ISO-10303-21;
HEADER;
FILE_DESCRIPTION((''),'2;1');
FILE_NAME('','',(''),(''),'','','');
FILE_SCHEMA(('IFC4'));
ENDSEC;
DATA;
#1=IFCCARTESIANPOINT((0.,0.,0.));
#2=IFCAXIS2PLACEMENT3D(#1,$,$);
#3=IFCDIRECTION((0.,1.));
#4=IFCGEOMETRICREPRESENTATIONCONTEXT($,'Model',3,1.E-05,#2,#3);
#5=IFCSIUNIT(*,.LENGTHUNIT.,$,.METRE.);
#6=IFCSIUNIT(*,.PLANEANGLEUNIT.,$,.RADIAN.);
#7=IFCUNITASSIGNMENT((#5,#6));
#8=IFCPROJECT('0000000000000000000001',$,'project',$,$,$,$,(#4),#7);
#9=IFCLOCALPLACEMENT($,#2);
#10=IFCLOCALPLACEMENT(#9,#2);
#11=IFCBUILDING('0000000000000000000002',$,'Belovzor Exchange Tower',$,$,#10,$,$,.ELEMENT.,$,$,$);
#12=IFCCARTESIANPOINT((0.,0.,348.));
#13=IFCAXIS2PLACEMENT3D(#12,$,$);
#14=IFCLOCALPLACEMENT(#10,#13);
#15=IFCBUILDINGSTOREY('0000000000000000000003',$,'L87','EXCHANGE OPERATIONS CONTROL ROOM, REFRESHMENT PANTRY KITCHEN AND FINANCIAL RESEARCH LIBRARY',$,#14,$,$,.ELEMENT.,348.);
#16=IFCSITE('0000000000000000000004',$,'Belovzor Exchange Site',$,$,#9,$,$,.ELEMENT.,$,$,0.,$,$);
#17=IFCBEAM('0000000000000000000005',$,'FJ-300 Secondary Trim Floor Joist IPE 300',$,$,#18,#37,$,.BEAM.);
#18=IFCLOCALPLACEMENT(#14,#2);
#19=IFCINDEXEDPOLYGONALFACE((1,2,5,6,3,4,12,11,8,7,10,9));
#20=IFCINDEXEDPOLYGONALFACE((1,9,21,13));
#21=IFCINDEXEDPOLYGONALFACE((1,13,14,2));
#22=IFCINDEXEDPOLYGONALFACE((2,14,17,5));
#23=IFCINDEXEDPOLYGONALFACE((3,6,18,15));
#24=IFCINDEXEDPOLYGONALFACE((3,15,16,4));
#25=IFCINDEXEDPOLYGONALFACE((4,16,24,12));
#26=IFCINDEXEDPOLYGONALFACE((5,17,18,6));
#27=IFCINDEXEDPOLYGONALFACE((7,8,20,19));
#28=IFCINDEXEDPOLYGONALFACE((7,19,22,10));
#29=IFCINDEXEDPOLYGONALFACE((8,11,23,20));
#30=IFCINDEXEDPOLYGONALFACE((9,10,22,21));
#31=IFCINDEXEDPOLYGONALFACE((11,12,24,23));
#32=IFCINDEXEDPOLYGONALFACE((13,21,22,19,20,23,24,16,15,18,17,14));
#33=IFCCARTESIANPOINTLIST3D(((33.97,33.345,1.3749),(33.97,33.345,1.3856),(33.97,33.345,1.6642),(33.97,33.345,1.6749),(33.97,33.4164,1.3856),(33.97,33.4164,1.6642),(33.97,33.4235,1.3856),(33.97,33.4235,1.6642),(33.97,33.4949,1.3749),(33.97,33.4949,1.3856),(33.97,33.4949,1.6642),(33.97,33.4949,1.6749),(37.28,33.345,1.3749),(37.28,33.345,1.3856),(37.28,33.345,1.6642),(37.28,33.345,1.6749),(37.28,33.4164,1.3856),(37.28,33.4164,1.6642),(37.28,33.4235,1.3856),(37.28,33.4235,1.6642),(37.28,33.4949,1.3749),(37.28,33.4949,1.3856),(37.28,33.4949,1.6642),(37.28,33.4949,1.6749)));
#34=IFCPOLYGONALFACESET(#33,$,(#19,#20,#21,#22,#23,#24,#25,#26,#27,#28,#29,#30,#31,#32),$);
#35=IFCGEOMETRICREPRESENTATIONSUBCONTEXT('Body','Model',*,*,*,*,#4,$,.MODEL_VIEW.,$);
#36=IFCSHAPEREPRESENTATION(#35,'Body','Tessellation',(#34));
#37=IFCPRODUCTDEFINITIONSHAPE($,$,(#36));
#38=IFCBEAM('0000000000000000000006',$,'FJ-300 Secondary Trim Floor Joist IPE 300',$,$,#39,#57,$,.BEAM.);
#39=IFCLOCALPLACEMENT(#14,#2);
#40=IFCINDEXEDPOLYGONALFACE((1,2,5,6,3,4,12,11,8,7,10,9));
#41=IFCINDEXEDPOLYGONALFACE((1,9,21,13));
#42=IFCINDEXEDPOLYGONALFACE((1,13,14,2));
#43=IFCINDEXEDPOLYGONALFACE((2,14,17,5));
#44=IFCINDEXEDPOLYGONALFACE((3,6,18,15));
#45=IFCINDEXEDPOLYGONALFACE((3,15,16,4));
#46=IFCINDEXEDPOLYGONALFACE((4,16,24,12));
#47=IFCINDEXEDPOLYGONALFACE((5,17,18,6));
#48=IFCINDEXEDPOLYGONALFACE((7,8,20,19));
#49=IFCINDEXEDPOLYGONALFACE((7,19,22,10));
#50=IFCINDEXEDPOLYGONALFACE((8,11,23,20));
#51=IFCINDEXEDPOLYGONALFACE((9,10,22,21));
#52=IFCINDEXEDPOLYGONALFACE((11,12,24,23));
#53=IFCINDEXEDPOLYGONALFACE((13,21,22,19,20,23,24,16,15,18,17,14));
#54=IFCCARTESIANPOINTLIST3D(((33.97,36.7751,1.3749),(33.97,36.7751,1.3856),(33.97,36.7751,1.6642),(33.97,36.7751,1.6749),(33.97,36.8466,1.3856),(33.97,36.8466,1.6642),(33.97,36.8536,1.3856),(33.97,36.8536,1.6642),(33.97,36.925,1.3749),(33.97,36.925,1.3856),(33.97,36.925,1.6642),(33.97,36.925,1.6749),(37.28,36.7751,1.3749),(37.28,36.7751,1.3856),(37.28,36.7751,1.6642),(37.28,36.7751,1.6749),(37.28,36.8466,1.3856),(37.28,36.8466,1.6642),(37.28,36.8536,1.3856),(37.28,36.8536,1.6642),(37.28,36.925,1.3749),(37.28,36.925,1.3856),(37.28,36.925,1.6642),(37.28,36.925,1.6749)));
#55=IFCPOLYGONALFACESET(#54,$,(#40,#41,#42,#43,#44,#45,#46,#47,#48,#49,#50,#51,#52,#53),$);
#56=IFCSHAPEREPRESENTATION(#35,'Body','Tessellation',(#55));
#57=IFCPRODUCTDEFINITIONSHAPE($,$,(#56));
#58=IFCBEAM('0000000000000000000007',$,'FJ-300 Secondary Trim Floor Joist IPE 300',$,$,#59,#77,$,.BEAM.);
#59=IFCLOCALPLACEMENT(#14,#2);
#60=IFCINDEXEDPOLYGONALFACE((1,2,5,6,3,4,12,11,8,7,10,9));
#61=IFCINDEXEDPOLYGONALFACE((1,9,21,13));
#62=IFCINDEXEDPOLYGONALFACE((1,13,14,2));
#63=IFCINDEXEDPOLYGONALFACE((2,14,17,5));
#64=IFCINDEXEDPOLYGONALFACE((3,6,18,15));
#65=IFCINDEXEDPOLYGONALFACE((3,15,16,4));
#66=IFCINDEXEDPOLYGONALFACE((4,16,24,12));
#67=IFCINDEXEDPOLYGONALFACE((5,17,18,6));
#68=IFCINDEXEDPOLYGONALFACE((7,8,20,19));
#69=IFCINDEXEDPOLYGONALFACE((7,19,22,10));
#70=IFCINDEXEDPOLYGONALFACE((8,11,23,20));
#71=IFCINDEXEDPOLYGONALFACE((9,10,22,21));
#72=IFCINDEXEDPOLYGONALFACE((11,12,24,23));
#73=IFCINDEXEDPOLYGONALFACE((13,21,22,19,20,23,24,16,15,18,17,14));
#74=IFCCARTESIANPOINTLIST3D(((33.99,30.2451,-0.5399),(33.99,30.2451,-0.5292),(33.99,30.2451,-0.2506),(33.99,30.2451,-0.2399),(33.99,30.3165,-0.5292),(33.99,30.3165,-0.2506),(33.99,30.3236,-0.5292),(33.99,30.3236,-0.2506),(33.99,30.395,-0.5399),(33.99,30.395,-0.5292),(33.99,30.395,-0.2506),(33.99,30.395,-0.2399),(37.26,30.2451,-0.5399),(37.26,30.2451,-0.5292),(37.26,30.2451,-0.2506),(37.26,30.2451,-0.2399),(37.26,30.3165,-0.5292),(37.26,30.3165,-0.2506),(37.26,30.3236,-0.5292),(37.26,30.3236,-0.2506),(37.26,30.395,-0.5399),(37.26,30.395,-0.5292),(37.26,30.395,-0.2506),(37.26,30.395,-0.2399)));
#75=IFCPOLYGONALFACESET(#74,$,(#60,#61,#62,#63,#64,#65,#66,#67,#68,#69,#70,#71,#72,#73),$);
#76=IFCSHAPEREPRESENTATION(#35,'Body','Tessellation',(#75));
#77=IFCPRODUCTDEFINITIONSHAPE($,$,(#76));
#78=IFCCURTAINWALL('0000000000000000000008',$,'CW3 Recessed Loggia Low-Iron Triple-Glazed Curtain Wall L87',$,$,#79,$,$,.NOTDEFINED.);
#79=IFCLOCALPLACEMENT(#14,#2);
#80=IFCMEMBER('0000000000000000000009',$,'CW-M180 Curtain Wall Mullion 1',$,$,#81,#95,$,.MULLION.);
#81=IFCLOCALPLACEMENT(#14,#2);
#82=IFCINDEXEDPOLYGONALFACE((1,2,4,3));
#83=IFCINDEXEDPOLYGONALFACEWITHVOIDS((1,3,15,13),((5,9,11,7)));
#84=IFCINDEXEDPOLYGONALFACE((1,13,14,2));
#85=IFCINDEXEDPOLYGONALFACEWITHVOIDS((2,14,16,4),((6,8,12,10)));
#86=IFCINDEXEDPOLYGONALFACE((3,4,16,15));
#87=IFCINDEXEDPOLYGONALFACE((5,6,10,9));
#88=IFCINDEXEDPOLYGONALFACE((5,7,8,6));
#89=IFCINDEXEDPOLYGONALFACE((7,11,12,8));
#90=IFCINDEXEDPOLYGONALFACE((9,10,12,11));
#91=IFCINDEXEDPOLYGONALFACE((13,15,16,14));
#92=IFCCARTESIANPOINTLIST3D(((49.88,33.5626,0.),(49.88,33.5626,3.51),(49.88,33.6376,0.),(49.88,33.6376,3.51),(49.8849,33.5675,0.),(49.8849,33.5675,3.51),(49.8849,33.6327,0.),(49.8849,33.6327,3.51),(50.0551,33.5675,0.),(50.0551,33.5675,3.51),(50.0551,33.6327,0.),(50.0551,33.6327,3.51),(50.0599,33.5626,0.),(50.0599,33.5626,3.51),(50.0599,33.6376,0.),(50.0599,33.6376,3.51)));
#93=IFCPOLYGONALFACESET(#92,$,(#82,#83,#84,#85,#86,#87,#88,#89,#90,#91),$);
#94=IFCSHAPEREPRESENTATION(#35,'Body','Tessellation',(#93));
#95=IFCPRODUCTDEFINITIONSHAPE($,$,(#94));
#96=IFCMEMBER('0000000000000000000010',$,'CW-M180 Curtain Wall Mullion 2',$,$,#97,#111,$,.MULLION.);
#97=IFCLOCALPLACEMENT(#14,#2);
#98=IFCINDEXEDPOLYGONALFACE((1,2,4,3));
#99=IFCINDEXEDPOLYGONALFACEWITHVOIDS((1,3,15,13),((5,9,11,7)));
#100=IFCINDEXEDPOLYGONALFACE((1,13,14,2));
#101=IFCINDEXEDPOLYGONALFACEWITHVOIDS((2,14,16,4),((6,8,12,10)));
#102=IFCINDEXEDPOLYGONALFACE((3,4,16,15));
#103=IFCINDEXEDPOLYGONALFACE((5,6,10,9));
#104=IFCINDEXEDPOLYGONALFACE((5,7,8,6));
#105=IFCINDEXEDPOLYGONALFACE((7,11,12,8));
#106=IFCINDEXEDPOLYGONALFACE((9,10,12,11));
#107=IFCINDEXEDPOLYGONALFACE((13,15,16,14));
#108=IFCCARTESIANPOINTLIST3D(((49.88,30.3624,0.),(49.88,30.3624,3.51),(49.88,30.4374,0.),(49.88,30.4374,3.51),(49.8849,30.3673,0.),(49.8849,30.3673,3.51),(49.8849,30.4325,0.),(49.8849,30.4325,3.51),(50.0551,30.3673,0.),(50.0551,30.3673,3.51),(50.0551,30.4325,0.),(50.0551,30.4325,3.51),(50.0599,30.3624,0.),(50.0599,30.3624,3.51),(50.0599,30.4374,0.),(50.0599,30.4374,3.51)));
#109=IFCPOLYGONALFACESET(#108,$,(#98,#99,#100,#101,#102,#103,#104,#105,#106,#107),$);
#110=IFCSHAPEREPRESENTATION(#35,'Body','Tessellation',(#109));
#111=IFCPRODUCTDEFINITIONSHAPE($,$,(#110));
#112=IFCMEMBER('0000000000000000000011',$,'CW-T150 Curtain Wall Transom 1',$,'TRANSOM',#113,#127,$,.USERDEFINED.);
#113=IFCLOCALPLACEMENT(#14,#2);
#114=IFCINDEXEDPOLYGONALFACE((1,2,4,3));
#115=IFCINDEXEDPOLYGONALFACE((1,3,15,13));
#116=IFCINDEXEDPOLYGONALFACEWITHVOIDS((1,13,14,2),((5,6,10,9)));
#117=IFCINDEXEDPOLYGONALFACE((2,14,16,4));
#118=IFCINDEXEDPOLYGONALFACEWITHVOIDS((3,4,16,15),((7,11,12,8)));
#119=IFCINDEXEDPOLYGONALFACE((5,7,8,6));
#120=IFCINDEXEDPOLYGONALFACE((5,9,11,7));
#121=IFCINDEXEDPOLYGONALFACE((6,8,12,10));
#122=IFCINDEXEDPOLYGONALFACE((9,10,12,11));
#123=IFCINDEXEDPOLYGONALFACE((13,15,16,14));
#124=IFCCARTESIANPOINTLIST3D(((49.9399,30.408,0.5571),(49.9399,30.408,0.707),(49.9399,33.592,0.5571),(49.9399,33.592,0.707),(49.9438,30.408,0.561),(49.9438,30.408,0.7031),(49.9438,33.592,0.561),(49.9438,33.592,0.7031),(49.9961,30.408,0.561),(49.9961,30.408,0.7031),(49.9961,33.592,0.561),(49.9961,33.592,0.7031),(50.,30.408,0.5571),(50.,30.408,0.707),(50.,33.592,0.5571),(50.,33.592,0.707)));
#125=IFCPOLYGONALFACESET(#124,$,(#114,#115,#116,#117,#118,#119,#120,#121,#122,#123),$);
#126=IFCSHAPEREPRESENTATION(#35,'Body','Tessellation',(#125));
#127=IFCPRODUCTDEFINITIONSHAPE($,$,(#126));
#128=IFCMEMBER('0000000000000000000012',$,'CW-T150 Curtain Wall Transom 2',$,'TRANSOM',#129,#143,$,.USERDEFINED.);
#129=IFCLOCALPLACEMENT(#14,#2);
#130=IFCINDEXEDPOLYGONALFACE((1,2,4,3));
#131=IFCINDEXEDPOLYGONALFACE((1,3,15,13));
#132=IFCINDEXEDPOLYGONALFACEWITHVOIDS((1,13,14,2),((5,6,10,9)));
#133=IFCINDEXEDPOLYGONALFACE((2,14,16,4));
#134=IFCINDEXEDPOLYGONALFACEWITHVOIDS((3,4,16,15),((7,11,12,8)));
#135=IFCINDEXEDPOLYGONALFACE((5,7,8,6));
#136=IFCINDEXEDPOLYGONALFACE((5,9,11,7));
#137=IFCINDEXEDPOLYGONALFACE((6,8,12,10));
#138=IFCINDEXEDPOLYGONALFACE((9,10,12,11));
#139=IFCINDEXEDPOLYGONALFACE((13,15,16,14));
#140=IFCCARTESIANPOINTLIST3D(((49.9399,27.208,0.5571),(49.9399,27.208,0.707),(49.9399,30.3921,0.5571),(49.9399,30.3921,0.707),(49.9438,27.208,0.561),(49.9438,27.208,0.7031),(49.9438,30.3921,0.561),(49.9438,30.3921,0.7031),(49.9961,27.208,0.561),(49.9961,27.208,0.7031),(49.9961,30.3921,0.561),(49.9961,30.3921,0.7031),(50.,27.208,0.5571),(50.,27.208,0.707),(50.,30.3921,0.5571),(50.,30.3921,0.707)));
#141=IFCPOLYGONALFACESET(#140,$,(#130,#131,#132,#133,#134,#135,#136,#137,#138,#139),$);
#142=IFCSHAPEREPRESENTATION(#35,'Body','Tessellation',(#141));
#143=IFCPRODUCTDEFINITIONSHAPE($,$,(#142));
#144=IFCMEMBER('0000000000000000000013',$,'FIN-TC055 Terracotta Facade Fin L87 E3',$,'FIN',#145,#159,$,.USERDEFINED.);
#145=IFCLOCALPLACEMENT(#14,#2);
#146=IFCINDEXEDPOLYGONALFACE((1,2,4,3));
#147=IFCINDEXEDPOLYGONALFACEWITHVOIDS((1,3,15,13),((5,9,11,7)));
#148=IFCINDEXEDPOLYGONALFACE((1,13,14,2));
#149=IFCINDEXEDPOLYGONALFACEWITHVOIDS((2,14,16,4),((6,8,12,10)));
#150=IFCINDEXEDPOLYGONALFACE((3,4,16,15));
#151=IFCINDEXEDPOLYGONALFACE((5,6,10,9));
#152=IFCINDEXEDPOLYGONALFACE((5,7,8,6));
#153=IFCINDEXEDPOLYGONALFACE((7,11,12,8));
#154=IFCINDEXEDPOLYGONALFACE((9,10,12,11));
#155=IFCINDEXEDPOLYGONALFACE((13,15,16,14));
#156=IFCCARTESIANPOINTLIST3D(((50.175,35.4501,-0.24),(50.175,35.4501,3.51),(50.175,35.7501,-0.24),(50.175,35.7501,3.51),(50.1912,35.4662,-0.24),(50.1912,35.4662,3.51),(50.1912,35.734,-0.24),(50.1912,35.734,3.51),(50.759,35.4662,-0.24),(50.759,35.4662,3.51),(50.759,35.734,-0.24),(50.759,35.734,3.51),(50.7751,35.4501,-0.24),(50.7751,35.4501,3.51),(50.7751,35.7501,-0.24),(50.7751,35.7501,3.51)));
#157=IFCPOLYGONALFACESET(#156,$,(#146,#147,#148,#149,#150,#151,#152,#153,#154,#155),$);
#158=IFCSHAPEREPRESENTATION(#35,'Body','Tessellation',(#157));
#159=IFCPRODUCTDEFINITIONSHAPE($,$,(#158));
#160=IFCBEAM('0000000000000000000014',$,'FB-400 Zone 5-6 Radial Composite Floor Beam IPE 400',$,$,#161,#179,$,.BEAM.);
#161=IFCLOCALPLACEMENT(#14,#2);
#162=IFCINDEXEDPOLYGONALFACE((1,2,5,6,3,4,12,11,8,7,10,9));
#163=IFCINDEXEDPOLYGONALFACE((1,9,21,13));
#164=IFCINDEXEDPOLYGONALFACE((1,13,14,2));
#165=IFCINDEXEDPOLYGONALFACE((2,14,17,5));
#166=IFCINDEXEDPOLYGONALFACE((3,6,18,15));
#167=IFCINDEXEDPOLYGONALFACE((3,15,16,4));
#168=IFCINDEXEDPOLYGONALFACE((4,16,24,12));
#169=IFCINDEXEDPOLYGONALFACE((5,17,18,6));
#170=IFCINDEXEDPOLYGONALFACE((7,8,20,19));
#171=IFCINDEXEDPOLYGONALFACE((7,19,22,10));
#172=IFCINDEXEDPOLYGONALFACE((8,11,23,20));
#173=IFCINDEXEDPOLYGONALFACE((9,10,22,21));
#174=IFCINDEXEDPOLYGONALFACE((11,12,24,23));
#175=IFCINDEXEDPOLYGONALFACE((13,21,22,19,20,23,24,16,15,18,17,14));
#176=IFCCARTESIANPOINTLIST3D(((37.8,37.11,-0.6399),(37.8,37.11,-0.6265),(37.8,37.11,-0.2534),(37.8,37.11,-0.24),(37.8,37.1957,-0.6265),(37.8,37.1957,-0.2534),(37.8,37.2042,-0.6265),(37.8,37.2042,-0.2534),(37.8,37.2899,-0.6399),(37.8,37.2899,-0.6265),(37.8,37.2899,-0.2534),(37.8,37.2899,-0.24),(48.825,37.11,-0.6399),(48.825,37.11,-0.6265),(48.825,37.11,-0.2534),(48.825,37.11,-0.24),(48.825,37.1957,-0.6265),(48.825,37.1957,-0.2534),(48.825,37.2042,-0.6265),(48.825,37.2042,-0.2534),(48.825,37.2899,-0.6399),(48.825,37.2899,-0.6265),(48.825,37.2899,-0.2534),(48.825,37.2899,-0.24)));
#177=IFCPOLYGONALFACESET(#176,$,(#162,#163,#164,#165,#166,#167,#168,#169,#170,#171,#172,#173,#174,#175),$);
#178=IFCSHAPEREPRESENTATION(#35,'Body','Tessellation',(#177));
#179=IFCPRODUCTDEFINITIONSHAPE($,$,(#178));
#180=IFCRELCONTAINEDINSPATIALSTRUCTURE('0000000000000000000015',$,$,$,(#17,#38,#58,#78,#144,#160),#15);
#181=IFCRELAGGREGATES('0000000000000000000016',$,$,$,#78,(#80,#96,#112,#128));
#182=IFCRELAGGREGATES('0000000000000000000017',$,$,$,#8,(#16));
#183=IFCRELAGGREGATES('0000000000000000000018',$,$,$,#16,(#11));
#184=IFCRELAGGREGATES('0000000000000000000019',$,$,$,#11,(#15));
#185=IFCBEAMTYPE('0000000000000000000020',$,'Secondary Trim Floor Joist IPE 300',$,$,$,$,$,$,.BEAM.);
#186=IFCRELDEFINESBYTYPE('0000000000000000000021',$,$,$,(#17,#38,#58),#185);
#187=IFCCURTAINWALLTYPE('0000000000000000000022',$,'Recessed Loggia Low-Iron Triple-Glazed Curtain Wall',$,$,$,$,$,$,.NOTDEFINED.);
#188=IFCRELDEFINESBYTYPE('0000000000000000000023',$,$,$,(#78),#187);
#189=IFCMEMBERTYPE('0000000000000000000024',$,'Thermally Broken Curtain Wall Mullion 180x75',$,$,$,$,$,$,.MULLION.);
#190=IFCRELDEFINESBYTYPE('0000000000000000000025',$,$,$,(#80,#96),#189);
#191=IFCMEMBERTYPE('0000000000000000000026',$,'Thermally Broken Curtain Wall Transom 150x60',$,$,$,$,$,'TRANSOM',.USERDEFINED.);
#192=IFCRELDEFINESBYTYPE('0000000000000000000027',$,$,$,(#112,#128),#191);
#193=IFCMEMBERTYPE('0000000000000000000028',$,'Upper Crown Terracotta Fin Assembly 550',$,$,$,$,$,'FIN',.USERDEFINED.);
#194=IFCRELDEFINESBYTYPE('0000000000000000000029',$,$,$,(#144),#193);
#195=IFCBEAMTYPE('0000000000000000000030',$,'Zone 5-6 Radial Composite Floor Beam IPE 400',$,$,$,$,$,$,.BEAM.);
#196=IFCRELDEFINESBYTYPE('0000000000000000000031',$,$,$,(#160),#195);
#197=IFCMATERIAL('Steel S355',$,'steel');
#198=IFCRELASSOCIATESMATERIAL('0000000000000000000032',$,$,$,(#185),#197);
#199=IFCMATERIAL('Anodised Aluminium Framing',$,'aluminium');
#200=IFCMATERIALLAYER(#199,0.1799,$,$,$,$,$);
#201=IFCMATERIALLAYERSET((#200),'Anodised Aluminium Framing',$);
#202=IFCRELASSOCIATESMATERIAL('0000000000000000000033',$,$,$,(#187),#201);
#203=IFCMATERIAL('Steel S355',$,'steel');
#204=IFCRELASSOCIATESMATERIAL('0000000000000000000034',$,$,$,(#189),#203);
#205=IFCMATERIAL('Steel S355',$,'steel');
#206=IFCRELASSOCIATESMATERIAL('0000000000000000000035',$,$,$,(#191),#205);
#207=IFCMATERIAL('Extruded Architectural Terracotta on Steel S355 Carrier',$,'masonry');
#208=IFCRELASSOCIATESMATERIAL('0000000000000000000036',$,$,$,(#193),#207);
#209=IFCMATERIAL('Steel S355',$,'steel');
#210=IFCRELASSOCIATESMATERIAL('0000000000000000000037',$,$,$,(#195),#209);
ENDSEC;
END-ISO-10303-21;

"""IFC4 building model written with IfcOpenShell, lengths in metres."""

from ifc_helpers import new_model, si_unit, direction, frame, origin, origin_2d, place, context, subcontext, project, spatial, hollow_rectangle, i_section, extrude, material, layer, layer_set, material_profile, profile_set, type_object, element, aggregate, save


model = new_model("IFC4")

# Units and contexts
model_context = context("Model", 3, precision=1e-05, world=origin(), true_north=direction((0.0, 1.0)))
body_context = subcontext(model_context, "Body", "Model", "MODEL_VIEW")
ifc_project = project(units=[si_unit("LENGTHUNIT", "METRE"), si_unit("PLANEANGLEUNIT", "RADIAN")], contexts=[model_context])

# Site, building, storey
site_placement = place(None, origin())
site = spatial("IfcSite", under=ifc_project, at=site_placement, Name="Belovzor Exchange Site", CompositionType="ELEMENT", RefElevation=0.0)
building_placement = place(site_placement, origin())
building = spatial("IfcBuilding", under=site, at=building_placement, Name="Belovzor Exchange Tower", CompositionType="ELEMENT")
storey_placement = place(building_placement, frame((0.0, 0.0, 348.0)))
storey = spatial("IfcBuildingStorey", under=building, at=storey_placement, Name="L87", Description="EXCHANGE OPERATIONS CONTROL ROOM, REFRESHMENT PANTRY KITCHEN AND FINANCIAL RESEARCH LIBRARY", CompositionType="ELEMENT", Elevation=348.0)

# Beams
ifc_material_1 = material(Name="Steel S355", Category="steel")
ifc_material_profile_1 = material_profile(ifc_material_1, i_section(OverallWidth=0.1499, OverallDepth=0.3, WebThickness=0.0071, FlangeThickness=0.0107, at=origin_2d()))
ifc_profile_set_1 = profile_set([ifc_material_profile_1], Name="Steel S355")
beam_type_1 = type_object("IfcBeamType", Name="Secondary Trim Floor Joist IPE 300", PredefinedType="BEAM", material=ifc_profile_set_1)
for number, where, z_axis, x_axis, name in (
    (1, (37.28, 33.4199, 1.5249), (-1.0, 0.0, 0.0), (0.0, -1.0, 0.0), "FJ-300 Secondary Trim Floor Joist IPE 300"),
    (2, (37.28, 36.8501, 1.5249), (-1.0, 0.0, 0.0), (0.0, -1.0, 0.0), "FJ-300 Secondary Trim Floor Joist IPE 300"),
):
    element("IfcBeam", number, at=place(storey_placement, frame(where, z_axis=z_axis, x_axis=x_axis)), inside=storey, type_object=beam_type_1, Name=name, PredefinedType="BEAM", context=body_context, shape_type="SweptSolid", body=[
        extrude(i_section(OverallWidth=0.1499, OverallDepth=0.3, WebThickness=0.0071, FlangeThickness=0.0107, at=origin_2d()), origin(), (0.0, 0.0, 1.0), 3.3101),
    ])
beam_1_placement = place(storey_placement, frame((37.26, 30.3201, -0.3899), z_axis=(-1.0, 0.0, 0.0), x_axis=(0.0, -1.0, 0.0)))
element("IfcBeam", 3, at=beam_1_placement, inside=storey, type_object=beam_type_1, Name="FJ-300 Secondary Trim Floor Joist IPE 300", PredefinedType="BEAM", context=body_context, shape_type="SweptSolid", body=[
    extrude(i_section(OverallWidth=0.1499, OverallDepth=0.3, WebThickness=0.0071, FlangeThickness=0.0107, at=origin_2d()), origin(), (0.0, 0.0, 1.0), 3.27),
])

# Curtain wall, members
ifc_material_2 = material(Name="Anodised Aluminium Framing", Category="aluminium")
ifc_layer_1 = layer(ifc_material_2, 0.1799)
ifc_layer_set_1 = layer_set([ifc_layer_1], Name="Anodised Aluminium Framing")
curtain_wall_type = type_object("IfcCurtainWallType", Name="Recessed Loggia Low-Iron Triple-Glazed Curtain Wall", PredefinedType="NOTDEFINED", material=ifc_layer_set_1)
curtain_wall_placement = place(storey_placement, origin())
curtain_wall = element("IfcCurtainWall", 4, at=curtain_wall_placement, inside=storey, type_object=curtain_wall_type, Name="CW3 Recessed Loggia Low-Iron Triple-Glazed Curtain Wall L87", PredefinedType="NOTDEFINED")
ifc_material_3 = material(Name="Steel S355", Category="steel")
ifc_material_profile_2 = material_profile(ifc_material_3, hollow_rectangle(XDim=0.075, YDim=0.1799, WallThickness=0.0049, at=origin_2d()))
ifc_profile_set_2 = profile_set([ifc_material_profile_2], Name="Steel S355")
member_type_1 = type_object("IfcMemberType", Name="Thermally Broken Curtain Wall Mullion 180x75", PredefinedType="MULLION", material=ifc_profile_set_2)
member_1_placement = place(storey_placement, frame((49.97, 33.6001, 0.0), z_axis=(0.0, 0.0, 1.0), x_axis=(0.0, -1.0, 0.0)))
member_1 = element("IfcMember", 5, at=member_1_placement, type_object=member_type_1, Name="CW-M180 Curtain Wall Mullion 1", PredefinedType="MULLION", context=body_context, shape_type="SweptSolid", body=[
    extrude(hollow_rectangle(XDim=0.075, YDim=0.1799, WallThickness=0.0049, at=origin_2d()), origin(), (0.0, 0.0, 1.0), 3.51),
])
member_2_placement = place(storey_placement, frame((49.97, 30.3999, 0.0), z_axis=(0.0, 0.0, 1.0), x_axis=(0.0, -1.0, 0.0)))
member_2 = element("IfcMember", 6, at=member_2_placement, type_object=member_type_1, Name="CW-M180 Curtain Wall Mullion 2", PredefinedType="MULLION", context=body_context, shape_type="SweptSolid", body=[
    extrude(hollow_rectangle(XDim=0.075, YDim=0.1799, WallThickness=0.0049, at=origin_2d()), origin(), (0.0, 0.0, 1.0), 3.51),
])
ifc_material_4 = material(Name="Steel S355", Category="steel")
ifc_material_profile_3 = material_profile(ifc_material_4, hollow_rectangle(XDim=0.0601, YDim=0.1499, WallThickness=0.0039, at=origin_2d()))
ifc_profile_set_3 = profile_set([ifc_material_profile_3], Name="Steel S355")
member_type_2 = type_object("IfcMemberType", Name="Thermally Broken Curtain Wall Transom 150x60", ElementType="TRANSOM", PredefinedType="USERDEFINED", material=ifc_profile_set_3)
member_3_placement = place(storey_placement, frame((49.97, 33.592, 0.6321), z_axis=(0.0, -1.0, 0.0), x_axis=(1.0, 0.0, 0.0)))
member_3 = element("IfcMember", 7, at=member_3_placement, type_object=member_type_2, Name="CW-T150 Curtain Wall Transom 1", ObjectType="TRANSOM", PredefinedType="USERDEFINED", context=body_context, shape_type="SweptSolid", body=[
    extrude(hollow_rectangle(XDim=0.0601, YDim=0.1499, WallThickness=0.0039, at=origin_2d()), origin(), (0.0, 0.0, 1.0), 3.1841),
])
member_4_placement = place(storey_placement, frame((49.97, 30.3921, 0.6321), z_axis=(0.0, -1.0, 0.0), x_axis=(1.0, 0.0, 0.0)))
member_4 = element("IfcMember", 8, at=member_4_placement, type_object=member_type_2, Name="CW-T150 Curtain Wall Transom 2", ObjectType="TRANSOM", PredefinedType="USERDEFINED", context=body_context, shape_type="SweptSolid", body=[
    extrude(hollow_rectangle(XDim=0.0601, YDim=0.1499, WallThickness=0.0039, at=origin_2d()), origin(), (0.0, 0.0, 1.0), 3.1841),
])

# Member
ifc_material_5 = material(Name="Extruded Architectural Terracotta on Steel S355 Carrier", Category="masonry")
ifc_material_profile_4 = material_profile(ifc_material_5, hollow_rectangle(XDim=0.3, YDim=0.6001, WallThickness=0.0161, at=origin_2d()))
ifc_profile_set_4 = profile_set([ifc_material_profile_4], Name="Extruded Architectural Terracotta on Steel S355 Carrier")
member_type_3 = type_object("IfcMemberType", Name="Upper Crown Terracotta Fin Assembly 550", ElementType="FIN", PredefinedType="USERDEFINED", material=ifc_profile_set_4)
member_5_placement = place(storey_placement, frame((50.4751, 35.6001, -0.24), z_axis=(0.0, 0.0, 1.0), x_axis=(0.0, 1.0, 0.0)))
element("IfcMember", 9, at=member_5_placement, inside=storey, type_object=member_type_3, Name="FIN-TC055 Terracotta Facade Fin L87 E3", ObjectType="FIN", PredefinedType="USERDEFINED", context=body_context, shape_type="SweptSolid", body=[
    extrude(hollow_rectangle(XDim=0.3, YDim=0.6001, WallThickness=0.0161, at=origin_2d()), origin(), (0.0, 0.0, 1.0), 3.75),
])

# Beam
ifc_material_6 = material(Name="Steel S355", Category="steel")
ifc_material_profile_5 = material_profile(ifc_material_6, i_section(OverallWidth=0.1799, OverallDepth=0.3999, WebThickness=0.0085, FlangeThickness=0.0134, at=origin_2d()))
ifc_profile_set_5 = profile_set([ifc_material_profile_5], Name="Steel S355")
beam_type_2 = type_object("IfcBeamType", Name="Zone 5-6 Radial Composite Floor Beam IPE 400", PredefinedType="BEAM", material=ifc_profile_set_5)
beam_2_placement = place(storey_placement, frame((37.8, 37.2, -0.4399), z_axis=(1.0, 0.0, 0.0), x_axis=(0.0, 1.0, 0.0)))
element("IfcBeam", 10, at=beam_2_placement, inside=storey, type_object=beam_type_2, Name="FB-400 Zone 5-6 Radial Composite Floor Beam IPE 400", PredefinedType="BEAM", context=body_context, shape_type="SweptSolid", body=[
    extrude(i_section(OverallWidth=0.1799, OverallDepth=0.3999, WebThickness=0.0085, FlangeThickness=0.0134, at=origin_2d()), origin(), (0.0, 0.0, 1.0), 11.0249),
])

aggregate(curtain_wall, [member_1, member_2, member_3, member_4])

save(model, "model.ifc")
